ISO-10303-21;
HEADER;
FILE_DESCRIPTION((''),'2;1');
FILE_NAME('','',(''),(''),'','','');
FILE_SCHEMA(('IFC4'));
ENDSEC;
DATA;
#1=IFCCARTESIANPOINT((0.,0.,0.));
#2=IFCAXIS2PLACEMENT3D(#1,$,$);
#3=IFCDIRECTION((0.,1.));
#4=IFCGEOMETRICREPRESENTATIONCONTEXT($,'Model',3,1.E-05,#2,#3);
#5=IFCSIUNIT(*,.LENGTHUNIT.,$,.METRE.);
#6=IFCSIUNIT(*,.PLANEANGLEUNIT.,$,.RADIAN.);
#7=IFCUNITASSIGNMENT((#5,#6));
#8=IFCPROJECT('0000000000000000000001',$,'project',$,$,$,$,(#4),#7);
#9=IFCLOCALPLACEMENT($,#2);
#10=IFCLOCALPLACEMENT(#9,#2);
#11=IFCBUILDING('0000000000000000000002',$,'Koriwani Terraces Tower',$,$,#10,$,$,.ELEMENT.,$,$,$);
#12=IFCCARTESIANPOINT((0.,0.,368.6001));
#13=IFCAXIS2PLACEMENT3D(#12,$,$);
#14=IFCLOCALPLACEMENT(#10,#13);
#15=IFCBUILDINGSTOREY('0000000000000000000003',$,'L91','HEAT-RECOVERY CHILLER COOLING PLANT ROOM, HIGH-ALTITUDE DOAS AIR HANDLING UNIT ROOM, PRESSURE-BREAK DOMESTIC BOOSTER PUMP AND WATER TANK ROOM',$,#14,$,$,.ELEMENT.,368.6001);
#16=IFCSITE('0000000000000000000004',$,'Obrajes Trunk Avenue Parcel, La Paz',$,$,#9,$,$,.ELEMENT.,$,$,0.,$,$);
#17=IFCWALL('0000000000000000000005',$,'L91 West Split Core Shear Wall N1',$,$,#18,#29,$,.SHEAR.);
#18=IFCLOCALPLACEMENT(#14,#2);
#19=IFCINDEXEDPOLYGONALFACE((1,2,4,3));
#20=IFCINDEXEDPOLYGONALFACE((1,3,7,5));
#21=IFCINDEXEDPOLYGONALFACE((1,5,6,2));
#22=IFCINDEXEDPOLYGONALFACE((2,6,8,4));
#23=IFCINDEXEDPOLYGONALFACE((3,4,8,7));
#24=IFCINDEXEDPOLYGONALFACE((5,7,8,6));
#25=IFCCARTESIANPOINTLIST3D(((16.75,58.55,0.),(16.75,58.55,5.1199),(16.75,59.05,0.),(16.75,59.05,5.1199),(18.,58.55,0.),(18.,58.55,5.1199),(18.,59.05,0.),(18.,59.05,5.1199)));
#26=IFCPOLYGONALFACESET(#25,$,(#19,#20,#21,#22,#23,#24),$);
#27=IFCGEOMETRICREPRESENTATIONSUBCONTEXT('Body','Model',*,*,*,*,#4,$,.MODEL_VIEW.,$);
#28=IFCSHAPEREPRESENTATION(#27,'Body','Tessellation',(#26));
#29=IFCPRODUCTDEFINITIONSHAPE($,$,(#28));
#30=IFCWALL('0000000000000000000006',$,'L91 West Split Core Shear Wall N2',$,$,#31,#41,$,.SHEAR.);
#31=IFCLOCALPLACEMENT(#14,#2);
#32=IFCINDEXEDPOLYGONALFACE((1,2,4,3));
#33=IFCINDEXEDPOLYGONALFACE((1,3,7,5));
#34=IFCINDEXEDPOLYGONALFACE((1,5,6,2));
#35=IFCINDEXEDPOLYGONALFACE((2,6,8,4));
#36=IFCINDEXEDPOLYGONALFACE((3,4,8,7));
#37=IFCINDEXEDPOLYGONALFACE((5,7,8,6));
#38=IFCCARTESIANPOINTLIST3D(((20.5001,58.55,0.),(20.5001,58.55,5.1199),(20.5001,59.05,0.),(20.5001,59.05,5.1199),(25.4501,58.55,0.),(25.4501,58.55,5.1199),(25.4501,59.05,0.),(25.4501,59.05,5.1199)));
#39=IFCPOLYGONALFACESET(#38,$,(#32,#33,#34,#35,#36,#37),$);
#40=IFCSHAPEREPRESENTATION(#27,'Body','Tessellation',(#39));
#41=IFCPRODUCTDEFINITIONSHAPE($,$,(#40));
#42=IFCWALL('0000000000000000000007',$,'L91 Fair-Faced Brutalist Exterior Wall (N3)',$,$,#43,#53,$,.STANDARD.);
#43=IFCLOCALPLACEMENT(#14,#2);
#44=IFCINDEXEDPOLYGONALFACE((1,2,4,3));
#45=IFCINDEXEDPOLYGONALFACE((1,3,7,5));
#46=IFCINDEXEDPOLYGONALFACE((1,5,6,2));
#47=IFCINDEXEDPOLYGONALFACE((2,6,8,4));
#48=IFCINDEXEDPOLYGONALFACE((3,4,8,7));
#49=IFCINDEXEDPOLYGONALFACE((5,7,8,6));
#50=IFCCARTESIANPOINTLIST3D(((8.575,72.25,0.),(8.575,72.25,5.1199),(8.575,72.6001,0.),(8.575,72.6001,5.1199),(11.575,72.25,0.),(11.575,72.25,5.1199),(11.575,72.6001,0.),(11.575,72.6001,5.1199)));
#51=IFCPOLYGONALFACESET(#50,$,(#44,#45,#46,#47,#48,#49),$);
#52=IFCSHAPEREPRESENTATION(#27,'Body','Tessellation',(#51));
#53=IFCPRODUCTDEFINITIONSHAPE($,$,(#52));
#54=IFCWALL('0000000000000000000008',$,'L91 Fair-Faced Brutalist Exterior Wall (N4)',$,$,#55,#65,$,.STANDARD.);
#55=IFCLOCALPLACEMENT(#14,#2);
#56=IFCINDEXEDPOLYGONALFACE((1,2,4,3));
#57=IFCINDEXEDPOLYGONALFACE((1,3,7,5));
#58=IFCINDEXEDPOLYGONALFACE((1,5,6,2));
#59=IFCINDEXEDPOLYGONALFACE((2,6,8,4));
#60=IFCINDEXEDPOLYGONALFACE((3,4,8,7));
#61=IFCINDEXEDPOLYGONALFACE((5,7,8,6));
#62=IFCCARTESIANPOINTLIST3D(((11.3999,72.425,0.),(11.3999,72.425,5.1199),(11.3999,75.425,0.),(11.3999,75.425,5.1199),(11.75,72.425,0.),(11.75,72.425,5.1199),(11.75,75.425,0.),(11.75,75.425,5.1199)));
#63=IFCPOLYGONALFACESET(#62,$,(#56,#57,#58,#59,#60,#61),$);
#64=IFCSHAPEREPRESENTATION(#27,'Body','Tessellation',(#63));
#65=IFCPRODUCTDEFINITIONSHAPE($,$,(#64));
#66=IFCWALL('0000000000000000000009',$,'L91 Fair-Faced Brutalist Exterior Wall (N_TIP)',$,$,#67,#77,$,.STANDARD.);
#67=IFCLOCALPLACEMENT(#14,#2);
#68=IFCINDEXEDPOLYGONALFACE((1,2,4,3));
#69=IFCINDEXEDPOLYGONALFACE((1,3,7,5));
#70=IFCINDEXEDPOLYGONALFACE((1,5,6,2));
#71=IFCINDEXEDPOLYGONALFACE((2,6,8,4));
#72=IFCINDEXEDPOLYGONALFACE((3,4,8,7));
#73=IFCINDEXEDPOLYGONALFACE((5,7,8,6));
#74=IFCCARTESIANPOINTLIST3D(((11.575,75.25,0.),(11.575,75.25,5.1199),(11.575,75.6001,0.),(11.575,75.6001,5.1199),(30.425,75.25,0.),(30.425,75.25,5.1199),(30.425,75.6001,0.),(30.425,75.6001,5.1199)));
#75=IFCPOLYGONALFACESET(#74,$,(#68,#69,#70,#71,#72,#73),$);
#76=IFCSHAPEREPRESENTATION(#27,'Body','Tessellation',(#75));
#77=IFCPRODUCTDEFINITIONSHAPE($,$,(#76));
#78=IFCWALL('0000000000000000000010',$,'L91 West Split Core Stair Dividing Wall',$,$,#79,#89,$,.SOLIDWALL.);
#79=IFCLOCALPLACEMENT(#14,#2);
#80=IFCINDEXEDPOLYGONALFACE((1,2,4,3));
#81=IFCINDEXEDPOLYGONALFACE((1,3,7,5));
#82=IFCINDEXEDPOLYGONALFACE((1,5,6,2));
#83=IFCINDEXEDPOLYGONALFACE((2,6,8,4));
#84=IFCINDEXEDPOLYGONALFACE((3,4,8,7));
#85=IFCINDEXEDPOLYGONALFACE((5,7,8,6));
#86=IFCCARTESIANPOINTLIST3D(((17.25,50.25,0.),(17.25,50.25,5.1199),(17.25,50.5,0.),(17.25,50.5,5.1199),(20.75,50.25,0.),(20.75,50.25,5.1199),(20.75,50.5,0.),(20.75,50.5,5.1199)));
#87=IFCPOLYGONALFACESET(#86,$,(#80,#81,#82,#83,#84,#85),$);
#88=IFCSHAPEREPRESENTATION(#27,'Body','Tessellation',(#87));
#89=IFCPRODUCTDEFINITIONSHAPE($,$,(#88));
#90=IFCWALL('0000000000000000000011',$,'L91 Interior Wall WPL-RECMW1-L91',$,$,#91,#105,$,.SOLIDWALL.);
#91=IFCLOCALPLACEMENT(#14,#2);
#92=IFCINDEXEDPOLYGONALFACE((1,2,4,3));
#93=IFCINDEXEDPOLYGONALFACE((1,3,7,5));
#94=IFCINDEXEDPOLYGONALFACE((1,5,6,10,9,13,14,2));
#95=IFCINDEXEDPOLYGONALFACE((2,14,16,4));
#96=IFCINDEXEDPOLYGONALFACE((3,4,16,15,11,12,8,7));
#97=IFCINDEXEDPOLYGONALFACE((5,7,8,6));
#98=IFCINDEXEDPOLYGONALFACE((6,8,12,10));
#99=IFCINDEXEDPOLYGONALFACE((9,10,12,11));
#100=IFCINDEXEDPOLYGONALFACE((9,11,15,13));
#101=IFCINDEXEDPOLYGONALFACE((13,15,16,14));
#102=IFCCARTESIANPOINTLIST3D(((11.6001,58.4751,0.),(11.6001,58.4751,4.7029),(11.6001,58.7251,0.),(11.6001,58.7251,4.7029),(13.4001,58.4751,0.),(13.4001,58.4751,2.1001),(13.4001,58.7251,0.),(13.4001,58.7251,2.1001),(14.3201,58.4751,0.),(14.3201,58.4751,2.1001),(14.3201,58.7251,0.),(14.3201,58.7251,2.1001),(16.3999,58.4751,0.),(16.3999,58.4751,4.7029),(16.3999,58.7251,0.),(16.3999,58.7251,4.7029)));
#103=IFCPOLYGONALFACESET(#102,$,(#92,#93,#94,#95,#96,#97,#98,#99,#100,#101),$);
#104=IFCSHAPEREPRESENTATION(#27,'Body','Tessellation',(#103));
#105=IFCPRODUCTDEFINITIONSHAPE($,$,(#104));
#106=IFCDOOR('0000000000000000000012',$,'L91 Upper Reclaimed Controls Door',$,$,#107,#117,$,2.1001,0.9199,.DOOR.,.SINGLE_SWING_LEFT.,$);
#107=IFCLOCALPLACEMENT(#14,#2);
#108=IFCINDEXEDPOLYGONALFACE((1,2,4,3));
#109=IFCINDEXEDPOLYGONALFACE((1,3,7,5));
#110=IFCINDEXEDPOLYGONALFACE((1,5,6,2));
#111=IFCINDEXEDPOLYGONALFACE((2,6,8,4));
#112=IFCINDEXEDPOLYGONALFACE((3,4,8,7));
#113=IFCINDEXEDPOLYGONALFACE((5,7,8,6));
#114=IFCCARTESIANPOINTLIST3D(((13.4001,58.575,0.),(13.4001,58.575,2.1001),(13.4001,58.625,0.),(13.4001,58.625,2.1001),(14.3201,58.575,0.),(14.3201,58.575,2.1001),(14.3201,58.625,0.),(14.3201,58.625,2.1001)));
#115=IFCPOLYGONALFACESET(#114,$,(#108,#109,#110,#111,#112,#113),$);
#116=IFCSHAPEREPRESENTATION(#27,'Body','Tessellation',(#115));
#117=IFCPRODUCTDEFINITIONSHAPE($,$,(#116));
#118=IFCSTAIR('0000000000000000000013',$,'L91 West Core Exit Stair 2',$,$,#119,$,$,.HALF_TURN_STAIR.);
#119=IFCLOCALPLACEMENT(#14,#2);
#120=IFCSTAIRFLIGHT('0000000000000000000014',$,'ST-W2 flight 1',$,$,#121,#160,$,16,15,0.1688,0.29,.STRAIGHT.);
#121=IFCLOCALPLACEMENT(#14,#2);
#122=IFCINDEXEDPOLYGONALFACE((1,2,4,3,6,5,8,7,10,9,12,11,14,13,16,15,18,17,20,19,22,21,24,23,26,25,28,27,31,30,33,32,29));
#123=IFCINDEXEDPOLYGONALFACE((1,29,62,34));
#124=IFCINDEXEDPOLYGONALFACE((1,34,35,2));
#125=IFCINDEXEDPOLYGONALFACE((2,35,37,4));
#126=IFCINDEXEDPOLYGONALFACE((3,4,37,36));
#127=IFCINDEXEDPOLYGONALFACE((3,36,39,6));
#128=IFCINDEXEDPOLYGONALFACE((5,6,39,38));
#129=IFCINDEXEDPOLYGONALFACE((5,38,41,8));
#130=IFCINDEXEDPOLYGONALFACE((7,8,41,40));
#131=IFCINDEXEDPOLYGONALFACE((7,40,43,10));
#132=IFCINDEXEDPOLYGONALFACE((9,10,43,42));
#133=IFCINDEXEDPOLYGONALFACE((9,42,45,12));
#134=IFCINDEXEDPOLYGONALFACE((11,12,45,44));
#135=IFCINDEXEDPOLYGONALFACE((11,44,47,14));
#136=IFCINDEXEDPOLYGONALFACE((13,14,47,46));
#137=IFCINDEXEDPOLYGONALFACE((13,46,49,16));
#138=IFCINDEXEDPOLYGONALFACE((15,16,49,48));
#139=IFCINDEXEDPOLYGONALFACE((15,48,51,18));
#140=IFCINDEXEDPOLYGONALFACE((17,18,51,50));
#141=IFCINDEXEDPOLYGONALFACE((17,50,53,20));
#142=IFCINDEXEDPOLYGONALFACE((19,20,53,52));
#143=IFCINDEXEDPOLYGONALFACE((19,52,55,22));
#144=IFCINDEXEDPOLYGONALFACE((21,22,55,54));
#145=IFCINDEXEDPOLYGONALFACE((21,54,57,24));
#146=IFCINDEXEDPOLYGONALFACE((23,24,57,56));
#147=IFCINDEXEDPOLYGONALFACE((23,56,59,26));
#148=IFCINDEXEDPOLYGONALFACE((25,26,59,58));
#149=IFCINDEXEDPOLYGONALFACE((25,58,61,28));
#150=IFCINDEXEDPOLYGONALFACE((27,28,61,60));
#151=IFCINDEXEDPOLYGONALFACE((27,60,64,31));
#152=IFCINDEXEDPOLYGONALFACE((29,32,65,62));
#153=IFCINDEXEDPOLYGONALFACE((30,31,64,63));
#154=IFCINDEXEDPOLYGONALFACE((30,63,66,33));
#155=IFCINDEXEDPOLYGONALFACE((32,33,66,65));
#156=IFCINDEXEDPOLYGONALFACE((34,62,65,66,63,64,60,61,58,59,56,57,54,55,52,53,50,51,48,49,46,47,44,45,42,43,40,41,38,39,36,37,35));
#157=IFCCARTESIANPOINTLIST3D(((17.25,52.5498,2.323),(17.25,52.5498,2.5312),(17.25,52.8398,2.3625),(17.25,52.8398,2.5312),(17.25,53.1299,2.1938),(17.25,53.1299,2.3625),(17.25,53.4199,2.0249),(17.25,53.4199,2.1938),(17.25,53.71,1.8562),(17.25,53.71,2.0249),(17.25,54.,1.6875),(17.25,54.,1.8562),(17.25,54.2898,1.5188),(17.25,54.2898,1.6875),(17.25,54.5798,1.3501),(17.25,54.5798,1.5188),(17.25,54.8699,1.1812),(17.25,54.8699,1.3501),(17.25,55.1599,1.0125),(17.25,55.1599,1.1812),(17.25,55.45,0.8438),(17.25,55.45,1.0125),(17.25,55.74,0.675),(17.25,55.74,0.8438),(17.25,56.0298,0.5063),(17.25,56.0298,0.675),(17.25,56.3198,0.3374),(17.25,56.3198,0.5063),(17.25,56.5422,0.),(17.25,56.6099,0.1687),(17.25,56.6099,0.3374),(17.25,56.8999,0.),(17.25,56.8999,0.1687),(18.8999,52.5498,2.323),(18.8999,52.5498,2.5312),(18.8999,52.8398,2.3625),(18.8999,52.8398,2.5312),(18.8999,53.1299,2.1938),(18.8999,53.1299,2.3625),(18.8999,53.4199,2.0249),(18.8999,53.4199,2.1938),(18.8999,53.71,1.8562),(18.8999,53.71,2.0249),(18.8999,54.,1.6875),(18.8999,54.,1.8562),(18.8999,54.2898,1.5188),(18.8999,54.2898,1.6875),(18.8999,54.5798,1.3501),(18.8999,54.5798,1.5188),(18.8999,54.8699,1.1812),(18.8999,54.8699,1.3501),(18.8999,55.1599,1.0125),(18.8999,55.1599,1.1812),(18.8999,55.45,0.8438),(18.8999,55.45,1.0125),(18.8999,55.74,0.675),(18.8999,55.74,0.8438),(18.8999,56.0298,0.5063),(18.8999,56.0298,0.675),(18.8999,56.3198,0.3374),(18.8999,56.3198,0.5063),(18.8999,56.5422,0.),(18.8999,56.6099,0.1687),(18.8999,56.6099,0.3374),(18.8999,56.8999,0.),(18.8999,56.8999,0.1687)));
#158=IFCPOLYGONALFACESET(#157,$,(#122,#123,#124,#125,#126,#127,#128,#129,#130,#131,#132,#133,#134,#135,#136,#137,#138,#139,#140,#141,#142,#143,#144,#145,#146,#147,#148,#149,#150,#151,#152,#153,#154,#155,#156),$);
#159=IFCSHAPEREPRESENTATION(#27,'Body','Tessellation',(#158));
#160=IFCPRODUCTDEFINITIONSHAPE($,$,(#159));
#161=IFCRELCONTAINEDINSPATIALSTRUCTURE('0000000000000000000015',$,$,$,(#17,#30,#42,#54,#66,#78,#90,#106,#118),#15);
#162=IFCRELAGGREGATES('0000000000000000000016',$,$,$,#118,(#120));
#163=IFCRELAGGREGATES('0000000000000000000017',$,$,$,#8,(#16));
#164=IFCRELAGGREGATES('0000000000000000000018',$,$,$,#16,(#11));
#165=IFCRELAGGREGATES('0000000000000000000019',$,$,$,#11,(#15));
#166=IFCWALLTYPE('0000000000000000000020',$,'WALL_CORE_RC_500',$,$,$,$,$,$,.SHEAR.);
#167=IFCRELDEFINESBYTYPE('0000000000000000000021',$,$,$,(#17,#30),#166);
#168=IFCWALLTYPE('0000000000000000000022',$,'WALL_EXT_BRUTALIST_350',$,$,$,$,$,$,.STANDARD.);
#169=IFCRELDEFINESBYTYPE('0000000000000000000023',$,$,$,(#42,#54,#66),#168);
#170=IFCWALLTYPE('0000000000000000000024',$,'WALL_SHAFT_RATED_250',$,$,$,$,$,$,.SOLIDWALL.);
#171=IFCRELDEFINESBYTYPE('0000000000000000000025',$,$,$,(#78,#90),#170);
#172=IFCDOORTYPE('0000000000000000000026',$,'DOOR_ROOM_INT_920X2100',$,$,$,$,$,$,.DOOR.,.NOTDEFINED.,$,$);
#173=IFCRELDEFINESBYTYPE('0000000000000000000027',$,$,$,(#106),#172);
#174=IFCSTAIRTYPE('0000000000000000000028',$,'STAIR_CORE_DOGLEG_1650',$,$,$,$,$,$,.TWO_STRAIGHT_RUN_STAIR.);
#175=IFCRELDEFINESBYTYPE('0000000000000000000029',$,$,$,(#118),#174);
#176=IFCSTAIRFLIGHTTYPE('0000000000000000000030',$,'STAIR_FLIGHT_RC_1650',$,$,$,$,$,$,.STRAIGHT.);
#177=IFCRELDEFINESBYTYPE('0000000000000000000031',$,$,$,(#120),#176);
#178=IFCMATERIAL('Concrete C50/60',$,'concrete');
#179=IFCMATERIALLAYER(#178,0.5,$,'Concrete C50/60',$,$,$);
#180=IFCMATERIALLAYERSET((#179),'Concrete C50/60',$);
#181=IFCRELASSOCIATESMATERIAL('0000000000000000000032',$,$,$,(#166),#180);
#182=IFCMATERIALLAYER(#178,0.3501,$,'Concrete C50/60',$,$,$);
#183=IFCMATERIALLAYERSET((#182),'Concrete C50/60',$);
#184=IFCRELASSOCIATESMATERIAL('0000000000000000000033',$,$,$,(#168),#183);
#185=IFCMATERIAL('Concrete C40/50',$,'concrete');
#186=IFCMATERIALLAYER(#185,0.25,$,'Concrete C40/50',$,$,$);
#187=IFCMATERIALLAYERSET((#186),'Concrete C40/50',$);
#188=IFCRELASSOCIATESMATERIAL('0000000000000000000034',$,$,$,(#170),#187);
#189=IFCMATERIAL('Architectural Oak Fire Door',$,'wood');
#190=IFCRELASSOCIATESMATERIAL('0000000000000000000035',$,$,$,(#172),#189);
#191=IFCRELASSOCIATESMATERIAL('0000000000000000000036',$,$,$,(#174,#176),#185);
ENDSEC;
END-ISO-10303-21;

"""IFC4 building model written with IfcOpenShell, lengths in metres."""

from ifc_helpers import new_model, si_unit, direction, frame, frame_2d, origin, place, context, subcontext, project, spatial, polyline, rectangle, outline, extrude, material, layer, layer_set, type_object, element, fill, aggregate, save


model = new_model("IFC4")

# Units and contexts
model_context = context("Model", 3, precision=1e-05, world=origin(), true_north=direction((0.0, 1.0)))
body_context = subcontext(model_context, "Body", "Model", "MODEL_VIEW")
ifc_project = project(units=[si_unit("LENGTHUNIT", "METRE"), si_unit("PLANEANGLEUNIT", "RADIAN")], contexts=[model_context])

# Site, building, storey
site_placement = place(None, origin())
site = spatial("IfcSite", under=ifc_project, at=site_placement, Name="Obrajes Trunk Avenue Parcel, La Paz", CompositionType="ELEMENT", RefElevation=0.0)
building_placement = place(site_placement, origin())
building = spatial("IfcBuilding", under=site, at=building_placement, Name="Koriwani Terraces Tower", CompositionType="ELEMENT")
storey_placement = place(building_placement, frame((0.0, 0.0, 368.6001)))
storey = spatial("IfcBuildingStorey", under=building, at=storey_placement, Name="L91", Description="HEAT-RECOVERY CHILLER COOLING PLANT ROOM, HIGH-ALTITUDE DOAS AIR HANDLING UNIT ROOM, PRESSURE-BREAK DOMESTIC BOOSTER PUMP AND WATER TANK ROOM", CompositionType="ELEMENT", Elevation=368.6001)

# Shared definitions
ifc_material_1 = material(Name="Concrete C50/60", Category="concrete")

# Shared definitions
ifc_material_2 = material(Name="Concrete C40/50", Category="concrete")

# Walls
ifc_layer_1 = layer(ifc_material_1, 0.5, Name="Concrete C50/60")
ifc_layer_set_1 = layer_set([ifc_layer_1], Name="Concrete C50/60")
wall_type_1 = type_object("IfcWallType", Name="WALL_CORE_RC_500", PredefinedType="SHEAR", material=ifc_layer_set_1)
wall_1_placement = place(storey_placement, frame((16.75, 58.8, 0.0), z_axis=(0.0, 0.0, 1.0), x_axis=(1.0, 0.0, 0.0)))
element("IfcWall", 1, at=wall_1_placement, inside=storey, type_object=wall_type_1, Name="L91 West Split Core Shear Wall N1", PredefinedType="SHEAR", context=body_context, shape_type="SweptSolid", body=[
    extrude(rectangle(XDim=1.25, YDim=0.5, at=frame_2d((0.625, 0.0))), origin(), (0.0, 0.0, 1.0), 5.1199),
])
wall_2_placement = place(storey_placement, frame((20.5, 58.8, 0.0), z_axis=(0.0, 0.0, 1.0), x_axis=(1.0, 0.0, 0.0)))
element("IfcWall", 2, at=wall_2_placement, inside=storey, type_object=wall_type_1, Name="L91 West Split Core Shear Wall N2", PredefinedType="SHEAR", context=body_context, shape_type="SweptSolid", body=[
    extrude(rectangle(XDim=4.95, YDim=0.5, at=frame_2d((2.4751, 0.0))), origin(), (0.0, 0.0, 1.0), 5.1199),
])
ifc_layer_2 = layer(ifc_material_1, 0.3501, Name="Concrete C50/60")
ifc_layer_set_2 = layer_set([ifc_layer_2], Name="Concrete C50/60")
wall_type_2 = type_object("IfcWallType", Name="WALL_EXT_BRUTALIST_350", PredefinedType="STANDARD", material=ifc_layer_set_2)
for number, where, z_axis, x_axis, name in (
    (3, (8.575, 72.425, 0.0), (0.0, 0.0, 1.0), (1.0, 0.0, 0.0), "L91 Fair-Faced Brutalist Exterior Wall (N3)"),
    (4, (11.575, 72.425, 0.0), (0.0, 0.0, 1.0), (0.0, 1.0, 0.0), "L91 Fair-Faced Brutalist Exterior Wall (N4)"),
):
    element("IfcWall", number, at=place(storey_placement, frame(where, z_axis=z_axis, x_axis=x_axis)), inside=storey, type_object=wall_type_2, Name=name, PredefinedType="STANDARD", context=body_context, shape_type="SweptSolid", body=[
        extrude(rectangle(XDim=3.0, YDim=0.3501, at=frame_2d((1.5, 0.0))), origin(), (0.0, 0.0, 1.0), 5.1199),
    ])
wall_3_placement = place(storey_placement, frame((11.575, 75.425, 0.0), z_axis=(0.0, 0.0, 1.0), x_axis=(1.0, 0.0, 0.0)))
element("IfcWall", 5, at=wall_3_placement, inside=storey, type_object=wall_type_2, Name="L91 Fair-Faced Brutalist Exterior Wall (N_TIP)", PredefinedType="STANDARD", context=body_context, shape_type="SweptSolid", body=[
    extrude(rectangle(XDim=18.8501, YDim=0.3501, at=frame_2d((9.425, 0.0))), origin(), (0.0, 0.0, 1.0), 5.1199),
])
ifc_layer_3 = layer(ifc_material_2, 0.25, Name="Concrete C40/50")
ifc_layer_set_3 = layer_set([ifc_layer_3], Name="Concrete C40/50")
wall_type_3 = type_object("IfcWallType", Name="WALL_SHAFT_RATED_250", PredefinedType="SOLIDWALL", material=ifc_layer_set_3)
wall_4_placement = place(storey_placement, frame((17.25, 50.375, 0.0), z_axis=(0.0, 0.0, 1.0), x_axis=(1.0, 0.0, 0.0)))
element("IfcWall", 6, at=wall_4_placement, inside=storey, type_object=wall_type_3, Name="L91 West Split Core Stair Dividing Wall", PredefinedType="SOLIDWALL", context=body_context, shape_type="SweptSolid", body=[
    extrude(rectangle(XDim=3.5, YDim=0.25, at=frame_2d((1.75, 0.0))), origin(), (0.0, 0.0, 1.0), 5.1199),
])

# Wall, opening, door
wall_5_placement = place(storey_placement, frame((11.6001, 58.6001, 0.0), z_axis=(0.0, 0.0, 1.0), x_axis=(1.0, 0.0, 0.0)))
wall_5 = element("IfcWall", 7, at=wall_5_placement, inside=storey, type_object=wall_type_3, Name="L91 Interior Wall WPL-RECMW1-L91", PredefinedType="SOLIDWALL", context=body_context, shape_type="SweptSolid", body=[
    extrude(rectangle(XDim=4.7998, YDim=0.25, at=frame_2d((2.3999, 0.0))), origin(), (0.0, 0.0, 1.0), 4.7029),
])
opening_1_placement = place(wall_5_placement, frame((1.8, 0.0, 0.0)))
opening_1 = element("IfcOpeningElement", 8, at=opening_1_placement, cuts=wall_5, PredefinedType="OPENING", context=body_context, shape_type="SweptSolid", body=[
    extrude(rectangle(XDim=0.9199, YDim=2.1001, at=frame_2d((0.46, 1.05))), frame((0.0, 0.135, 0.0), z_axis=(0.0, -1.0, 0.0), x_axis=(1.0, 0.0, 0.0)), (0.0, 0.0, 1.0), 0.27),
])
ifc_material_3 = material(Name="Architectural Oak Fire Door", Category="wood")
door_type_1 = type_object("IfcDoorType", Name="DOOR_ROOM_INT_920X2100", OperationType="NOTDEFINED", PredefinedType="DOOR", material=ifc_material_3)
door_1_placement = place(opening_1_placement, origin())
door_1 = element("IfcDoor", 9, at=door_1_placement, inside=storey, type_object=door_type_1, Name="L91 Upper Reclaimed Controls Door", OperationType="SINGLE_SWING_LEFT", OverallHeight=2.1001, OverallWidth=0.9199, PredefinedType="DOOR", context=body_context, shape_type="SweptSolid", body=[
    extrude(rectangle(XDim=0.9199, YDim=2.1001, at=frame_2d((0.46, 1.05))), frame((0.0, 0.0249, 0.0), z_axis=(0.0, -1.0, 0.0), x_axis=(1.0, 0.0, 0.0)), (0.0, 0.0, 1.0), 0.05),
])
fill(opening_1, door_1)

# Stair, stair flight
stair_type = type_object("IfcStairType", Name="STAIR_CORE_DOGLEG_1650", PredefinedType="TWO_STRAIGHT_RUN_STAIR", material=ifc_material_2)
stair_placement = place(storey_placement, origin())
stair = element("IfcStair", 10, at=stair_placement, inside=storey, type_object=stair_type, Name="L91 West Core Exit Stair 2", PredefinedType="HALF_TURN_STAIR")
stair_flight_type = type_object("IfcStairFlightType", Name="STAIR_FLIGHT_RC_1650", PredefinedType="STRAIGHT", material=ifc_material_2)
stair_flight_1_placement = place(storey_placement, frame((18.075, 56.8999, 0.0), z_axis=(0.0, 0.0, 1.0), x_axis=(0.0, -1.0, 0.0)))
stair_flight_1 = element("IfcStairFlight", 11, at=stair_flight_1_placement, type_object=stair_flight_type, Name="ST-W2 flight 1", NumberOfRisers=16, NumberOfTreads=15, PredefinedType="STRAIGHT", RiserHeight=0.1688, TreadLength=0.29, context=body_context, shape_type="SweptSolid", body=[
    extrude(outline(polyline([(0.0, 0.0), (0.0, 0.1687), (0.29, 0.1687), (0.29, 0.3374), (0.5801, 0.3374), (0.5801, 0.5063), (0.8701, 0.5063), (0.8701, 0.675), (1.1599, 0.675), (1.1599, 0.8438), (1.45, 0.8438), (1.45, 1.0125), (1.74, 1.0125), (1.74, 1.1812), (2.03, 1.1812), (2.03, 1.3501), (2.3201, 1.3501), (2.3201, 1.5188), (2.6101, 1.5188), (2.6101, 1.6875), (2.8999, 1.6875), (2.8999, 1.8562), (3.1899, 1.8562), (3.1899, 2.0249), (3.48, 2.0249), (3.48, 2.1938), (3.77, 2.1938), (3.77, 2.3625), (4.0601, 2.3625), (4.0601, 2.5312), (4.3501, 2.5312), (4.3501, 2.7), (4.3501, 2.323), (0.3577, 0.0), (0.0, 0.0)])), frame((0.0, 0.825, 0.0), z_axis=(0.0, -1.0, 0.0), x_axis=(1.0, 0.0, 0.0)), (0.0, 0.0, 1.0), 1.6499),
])
aggregate(stair, [stair_flight_1])

save(model, "model.ifc")
